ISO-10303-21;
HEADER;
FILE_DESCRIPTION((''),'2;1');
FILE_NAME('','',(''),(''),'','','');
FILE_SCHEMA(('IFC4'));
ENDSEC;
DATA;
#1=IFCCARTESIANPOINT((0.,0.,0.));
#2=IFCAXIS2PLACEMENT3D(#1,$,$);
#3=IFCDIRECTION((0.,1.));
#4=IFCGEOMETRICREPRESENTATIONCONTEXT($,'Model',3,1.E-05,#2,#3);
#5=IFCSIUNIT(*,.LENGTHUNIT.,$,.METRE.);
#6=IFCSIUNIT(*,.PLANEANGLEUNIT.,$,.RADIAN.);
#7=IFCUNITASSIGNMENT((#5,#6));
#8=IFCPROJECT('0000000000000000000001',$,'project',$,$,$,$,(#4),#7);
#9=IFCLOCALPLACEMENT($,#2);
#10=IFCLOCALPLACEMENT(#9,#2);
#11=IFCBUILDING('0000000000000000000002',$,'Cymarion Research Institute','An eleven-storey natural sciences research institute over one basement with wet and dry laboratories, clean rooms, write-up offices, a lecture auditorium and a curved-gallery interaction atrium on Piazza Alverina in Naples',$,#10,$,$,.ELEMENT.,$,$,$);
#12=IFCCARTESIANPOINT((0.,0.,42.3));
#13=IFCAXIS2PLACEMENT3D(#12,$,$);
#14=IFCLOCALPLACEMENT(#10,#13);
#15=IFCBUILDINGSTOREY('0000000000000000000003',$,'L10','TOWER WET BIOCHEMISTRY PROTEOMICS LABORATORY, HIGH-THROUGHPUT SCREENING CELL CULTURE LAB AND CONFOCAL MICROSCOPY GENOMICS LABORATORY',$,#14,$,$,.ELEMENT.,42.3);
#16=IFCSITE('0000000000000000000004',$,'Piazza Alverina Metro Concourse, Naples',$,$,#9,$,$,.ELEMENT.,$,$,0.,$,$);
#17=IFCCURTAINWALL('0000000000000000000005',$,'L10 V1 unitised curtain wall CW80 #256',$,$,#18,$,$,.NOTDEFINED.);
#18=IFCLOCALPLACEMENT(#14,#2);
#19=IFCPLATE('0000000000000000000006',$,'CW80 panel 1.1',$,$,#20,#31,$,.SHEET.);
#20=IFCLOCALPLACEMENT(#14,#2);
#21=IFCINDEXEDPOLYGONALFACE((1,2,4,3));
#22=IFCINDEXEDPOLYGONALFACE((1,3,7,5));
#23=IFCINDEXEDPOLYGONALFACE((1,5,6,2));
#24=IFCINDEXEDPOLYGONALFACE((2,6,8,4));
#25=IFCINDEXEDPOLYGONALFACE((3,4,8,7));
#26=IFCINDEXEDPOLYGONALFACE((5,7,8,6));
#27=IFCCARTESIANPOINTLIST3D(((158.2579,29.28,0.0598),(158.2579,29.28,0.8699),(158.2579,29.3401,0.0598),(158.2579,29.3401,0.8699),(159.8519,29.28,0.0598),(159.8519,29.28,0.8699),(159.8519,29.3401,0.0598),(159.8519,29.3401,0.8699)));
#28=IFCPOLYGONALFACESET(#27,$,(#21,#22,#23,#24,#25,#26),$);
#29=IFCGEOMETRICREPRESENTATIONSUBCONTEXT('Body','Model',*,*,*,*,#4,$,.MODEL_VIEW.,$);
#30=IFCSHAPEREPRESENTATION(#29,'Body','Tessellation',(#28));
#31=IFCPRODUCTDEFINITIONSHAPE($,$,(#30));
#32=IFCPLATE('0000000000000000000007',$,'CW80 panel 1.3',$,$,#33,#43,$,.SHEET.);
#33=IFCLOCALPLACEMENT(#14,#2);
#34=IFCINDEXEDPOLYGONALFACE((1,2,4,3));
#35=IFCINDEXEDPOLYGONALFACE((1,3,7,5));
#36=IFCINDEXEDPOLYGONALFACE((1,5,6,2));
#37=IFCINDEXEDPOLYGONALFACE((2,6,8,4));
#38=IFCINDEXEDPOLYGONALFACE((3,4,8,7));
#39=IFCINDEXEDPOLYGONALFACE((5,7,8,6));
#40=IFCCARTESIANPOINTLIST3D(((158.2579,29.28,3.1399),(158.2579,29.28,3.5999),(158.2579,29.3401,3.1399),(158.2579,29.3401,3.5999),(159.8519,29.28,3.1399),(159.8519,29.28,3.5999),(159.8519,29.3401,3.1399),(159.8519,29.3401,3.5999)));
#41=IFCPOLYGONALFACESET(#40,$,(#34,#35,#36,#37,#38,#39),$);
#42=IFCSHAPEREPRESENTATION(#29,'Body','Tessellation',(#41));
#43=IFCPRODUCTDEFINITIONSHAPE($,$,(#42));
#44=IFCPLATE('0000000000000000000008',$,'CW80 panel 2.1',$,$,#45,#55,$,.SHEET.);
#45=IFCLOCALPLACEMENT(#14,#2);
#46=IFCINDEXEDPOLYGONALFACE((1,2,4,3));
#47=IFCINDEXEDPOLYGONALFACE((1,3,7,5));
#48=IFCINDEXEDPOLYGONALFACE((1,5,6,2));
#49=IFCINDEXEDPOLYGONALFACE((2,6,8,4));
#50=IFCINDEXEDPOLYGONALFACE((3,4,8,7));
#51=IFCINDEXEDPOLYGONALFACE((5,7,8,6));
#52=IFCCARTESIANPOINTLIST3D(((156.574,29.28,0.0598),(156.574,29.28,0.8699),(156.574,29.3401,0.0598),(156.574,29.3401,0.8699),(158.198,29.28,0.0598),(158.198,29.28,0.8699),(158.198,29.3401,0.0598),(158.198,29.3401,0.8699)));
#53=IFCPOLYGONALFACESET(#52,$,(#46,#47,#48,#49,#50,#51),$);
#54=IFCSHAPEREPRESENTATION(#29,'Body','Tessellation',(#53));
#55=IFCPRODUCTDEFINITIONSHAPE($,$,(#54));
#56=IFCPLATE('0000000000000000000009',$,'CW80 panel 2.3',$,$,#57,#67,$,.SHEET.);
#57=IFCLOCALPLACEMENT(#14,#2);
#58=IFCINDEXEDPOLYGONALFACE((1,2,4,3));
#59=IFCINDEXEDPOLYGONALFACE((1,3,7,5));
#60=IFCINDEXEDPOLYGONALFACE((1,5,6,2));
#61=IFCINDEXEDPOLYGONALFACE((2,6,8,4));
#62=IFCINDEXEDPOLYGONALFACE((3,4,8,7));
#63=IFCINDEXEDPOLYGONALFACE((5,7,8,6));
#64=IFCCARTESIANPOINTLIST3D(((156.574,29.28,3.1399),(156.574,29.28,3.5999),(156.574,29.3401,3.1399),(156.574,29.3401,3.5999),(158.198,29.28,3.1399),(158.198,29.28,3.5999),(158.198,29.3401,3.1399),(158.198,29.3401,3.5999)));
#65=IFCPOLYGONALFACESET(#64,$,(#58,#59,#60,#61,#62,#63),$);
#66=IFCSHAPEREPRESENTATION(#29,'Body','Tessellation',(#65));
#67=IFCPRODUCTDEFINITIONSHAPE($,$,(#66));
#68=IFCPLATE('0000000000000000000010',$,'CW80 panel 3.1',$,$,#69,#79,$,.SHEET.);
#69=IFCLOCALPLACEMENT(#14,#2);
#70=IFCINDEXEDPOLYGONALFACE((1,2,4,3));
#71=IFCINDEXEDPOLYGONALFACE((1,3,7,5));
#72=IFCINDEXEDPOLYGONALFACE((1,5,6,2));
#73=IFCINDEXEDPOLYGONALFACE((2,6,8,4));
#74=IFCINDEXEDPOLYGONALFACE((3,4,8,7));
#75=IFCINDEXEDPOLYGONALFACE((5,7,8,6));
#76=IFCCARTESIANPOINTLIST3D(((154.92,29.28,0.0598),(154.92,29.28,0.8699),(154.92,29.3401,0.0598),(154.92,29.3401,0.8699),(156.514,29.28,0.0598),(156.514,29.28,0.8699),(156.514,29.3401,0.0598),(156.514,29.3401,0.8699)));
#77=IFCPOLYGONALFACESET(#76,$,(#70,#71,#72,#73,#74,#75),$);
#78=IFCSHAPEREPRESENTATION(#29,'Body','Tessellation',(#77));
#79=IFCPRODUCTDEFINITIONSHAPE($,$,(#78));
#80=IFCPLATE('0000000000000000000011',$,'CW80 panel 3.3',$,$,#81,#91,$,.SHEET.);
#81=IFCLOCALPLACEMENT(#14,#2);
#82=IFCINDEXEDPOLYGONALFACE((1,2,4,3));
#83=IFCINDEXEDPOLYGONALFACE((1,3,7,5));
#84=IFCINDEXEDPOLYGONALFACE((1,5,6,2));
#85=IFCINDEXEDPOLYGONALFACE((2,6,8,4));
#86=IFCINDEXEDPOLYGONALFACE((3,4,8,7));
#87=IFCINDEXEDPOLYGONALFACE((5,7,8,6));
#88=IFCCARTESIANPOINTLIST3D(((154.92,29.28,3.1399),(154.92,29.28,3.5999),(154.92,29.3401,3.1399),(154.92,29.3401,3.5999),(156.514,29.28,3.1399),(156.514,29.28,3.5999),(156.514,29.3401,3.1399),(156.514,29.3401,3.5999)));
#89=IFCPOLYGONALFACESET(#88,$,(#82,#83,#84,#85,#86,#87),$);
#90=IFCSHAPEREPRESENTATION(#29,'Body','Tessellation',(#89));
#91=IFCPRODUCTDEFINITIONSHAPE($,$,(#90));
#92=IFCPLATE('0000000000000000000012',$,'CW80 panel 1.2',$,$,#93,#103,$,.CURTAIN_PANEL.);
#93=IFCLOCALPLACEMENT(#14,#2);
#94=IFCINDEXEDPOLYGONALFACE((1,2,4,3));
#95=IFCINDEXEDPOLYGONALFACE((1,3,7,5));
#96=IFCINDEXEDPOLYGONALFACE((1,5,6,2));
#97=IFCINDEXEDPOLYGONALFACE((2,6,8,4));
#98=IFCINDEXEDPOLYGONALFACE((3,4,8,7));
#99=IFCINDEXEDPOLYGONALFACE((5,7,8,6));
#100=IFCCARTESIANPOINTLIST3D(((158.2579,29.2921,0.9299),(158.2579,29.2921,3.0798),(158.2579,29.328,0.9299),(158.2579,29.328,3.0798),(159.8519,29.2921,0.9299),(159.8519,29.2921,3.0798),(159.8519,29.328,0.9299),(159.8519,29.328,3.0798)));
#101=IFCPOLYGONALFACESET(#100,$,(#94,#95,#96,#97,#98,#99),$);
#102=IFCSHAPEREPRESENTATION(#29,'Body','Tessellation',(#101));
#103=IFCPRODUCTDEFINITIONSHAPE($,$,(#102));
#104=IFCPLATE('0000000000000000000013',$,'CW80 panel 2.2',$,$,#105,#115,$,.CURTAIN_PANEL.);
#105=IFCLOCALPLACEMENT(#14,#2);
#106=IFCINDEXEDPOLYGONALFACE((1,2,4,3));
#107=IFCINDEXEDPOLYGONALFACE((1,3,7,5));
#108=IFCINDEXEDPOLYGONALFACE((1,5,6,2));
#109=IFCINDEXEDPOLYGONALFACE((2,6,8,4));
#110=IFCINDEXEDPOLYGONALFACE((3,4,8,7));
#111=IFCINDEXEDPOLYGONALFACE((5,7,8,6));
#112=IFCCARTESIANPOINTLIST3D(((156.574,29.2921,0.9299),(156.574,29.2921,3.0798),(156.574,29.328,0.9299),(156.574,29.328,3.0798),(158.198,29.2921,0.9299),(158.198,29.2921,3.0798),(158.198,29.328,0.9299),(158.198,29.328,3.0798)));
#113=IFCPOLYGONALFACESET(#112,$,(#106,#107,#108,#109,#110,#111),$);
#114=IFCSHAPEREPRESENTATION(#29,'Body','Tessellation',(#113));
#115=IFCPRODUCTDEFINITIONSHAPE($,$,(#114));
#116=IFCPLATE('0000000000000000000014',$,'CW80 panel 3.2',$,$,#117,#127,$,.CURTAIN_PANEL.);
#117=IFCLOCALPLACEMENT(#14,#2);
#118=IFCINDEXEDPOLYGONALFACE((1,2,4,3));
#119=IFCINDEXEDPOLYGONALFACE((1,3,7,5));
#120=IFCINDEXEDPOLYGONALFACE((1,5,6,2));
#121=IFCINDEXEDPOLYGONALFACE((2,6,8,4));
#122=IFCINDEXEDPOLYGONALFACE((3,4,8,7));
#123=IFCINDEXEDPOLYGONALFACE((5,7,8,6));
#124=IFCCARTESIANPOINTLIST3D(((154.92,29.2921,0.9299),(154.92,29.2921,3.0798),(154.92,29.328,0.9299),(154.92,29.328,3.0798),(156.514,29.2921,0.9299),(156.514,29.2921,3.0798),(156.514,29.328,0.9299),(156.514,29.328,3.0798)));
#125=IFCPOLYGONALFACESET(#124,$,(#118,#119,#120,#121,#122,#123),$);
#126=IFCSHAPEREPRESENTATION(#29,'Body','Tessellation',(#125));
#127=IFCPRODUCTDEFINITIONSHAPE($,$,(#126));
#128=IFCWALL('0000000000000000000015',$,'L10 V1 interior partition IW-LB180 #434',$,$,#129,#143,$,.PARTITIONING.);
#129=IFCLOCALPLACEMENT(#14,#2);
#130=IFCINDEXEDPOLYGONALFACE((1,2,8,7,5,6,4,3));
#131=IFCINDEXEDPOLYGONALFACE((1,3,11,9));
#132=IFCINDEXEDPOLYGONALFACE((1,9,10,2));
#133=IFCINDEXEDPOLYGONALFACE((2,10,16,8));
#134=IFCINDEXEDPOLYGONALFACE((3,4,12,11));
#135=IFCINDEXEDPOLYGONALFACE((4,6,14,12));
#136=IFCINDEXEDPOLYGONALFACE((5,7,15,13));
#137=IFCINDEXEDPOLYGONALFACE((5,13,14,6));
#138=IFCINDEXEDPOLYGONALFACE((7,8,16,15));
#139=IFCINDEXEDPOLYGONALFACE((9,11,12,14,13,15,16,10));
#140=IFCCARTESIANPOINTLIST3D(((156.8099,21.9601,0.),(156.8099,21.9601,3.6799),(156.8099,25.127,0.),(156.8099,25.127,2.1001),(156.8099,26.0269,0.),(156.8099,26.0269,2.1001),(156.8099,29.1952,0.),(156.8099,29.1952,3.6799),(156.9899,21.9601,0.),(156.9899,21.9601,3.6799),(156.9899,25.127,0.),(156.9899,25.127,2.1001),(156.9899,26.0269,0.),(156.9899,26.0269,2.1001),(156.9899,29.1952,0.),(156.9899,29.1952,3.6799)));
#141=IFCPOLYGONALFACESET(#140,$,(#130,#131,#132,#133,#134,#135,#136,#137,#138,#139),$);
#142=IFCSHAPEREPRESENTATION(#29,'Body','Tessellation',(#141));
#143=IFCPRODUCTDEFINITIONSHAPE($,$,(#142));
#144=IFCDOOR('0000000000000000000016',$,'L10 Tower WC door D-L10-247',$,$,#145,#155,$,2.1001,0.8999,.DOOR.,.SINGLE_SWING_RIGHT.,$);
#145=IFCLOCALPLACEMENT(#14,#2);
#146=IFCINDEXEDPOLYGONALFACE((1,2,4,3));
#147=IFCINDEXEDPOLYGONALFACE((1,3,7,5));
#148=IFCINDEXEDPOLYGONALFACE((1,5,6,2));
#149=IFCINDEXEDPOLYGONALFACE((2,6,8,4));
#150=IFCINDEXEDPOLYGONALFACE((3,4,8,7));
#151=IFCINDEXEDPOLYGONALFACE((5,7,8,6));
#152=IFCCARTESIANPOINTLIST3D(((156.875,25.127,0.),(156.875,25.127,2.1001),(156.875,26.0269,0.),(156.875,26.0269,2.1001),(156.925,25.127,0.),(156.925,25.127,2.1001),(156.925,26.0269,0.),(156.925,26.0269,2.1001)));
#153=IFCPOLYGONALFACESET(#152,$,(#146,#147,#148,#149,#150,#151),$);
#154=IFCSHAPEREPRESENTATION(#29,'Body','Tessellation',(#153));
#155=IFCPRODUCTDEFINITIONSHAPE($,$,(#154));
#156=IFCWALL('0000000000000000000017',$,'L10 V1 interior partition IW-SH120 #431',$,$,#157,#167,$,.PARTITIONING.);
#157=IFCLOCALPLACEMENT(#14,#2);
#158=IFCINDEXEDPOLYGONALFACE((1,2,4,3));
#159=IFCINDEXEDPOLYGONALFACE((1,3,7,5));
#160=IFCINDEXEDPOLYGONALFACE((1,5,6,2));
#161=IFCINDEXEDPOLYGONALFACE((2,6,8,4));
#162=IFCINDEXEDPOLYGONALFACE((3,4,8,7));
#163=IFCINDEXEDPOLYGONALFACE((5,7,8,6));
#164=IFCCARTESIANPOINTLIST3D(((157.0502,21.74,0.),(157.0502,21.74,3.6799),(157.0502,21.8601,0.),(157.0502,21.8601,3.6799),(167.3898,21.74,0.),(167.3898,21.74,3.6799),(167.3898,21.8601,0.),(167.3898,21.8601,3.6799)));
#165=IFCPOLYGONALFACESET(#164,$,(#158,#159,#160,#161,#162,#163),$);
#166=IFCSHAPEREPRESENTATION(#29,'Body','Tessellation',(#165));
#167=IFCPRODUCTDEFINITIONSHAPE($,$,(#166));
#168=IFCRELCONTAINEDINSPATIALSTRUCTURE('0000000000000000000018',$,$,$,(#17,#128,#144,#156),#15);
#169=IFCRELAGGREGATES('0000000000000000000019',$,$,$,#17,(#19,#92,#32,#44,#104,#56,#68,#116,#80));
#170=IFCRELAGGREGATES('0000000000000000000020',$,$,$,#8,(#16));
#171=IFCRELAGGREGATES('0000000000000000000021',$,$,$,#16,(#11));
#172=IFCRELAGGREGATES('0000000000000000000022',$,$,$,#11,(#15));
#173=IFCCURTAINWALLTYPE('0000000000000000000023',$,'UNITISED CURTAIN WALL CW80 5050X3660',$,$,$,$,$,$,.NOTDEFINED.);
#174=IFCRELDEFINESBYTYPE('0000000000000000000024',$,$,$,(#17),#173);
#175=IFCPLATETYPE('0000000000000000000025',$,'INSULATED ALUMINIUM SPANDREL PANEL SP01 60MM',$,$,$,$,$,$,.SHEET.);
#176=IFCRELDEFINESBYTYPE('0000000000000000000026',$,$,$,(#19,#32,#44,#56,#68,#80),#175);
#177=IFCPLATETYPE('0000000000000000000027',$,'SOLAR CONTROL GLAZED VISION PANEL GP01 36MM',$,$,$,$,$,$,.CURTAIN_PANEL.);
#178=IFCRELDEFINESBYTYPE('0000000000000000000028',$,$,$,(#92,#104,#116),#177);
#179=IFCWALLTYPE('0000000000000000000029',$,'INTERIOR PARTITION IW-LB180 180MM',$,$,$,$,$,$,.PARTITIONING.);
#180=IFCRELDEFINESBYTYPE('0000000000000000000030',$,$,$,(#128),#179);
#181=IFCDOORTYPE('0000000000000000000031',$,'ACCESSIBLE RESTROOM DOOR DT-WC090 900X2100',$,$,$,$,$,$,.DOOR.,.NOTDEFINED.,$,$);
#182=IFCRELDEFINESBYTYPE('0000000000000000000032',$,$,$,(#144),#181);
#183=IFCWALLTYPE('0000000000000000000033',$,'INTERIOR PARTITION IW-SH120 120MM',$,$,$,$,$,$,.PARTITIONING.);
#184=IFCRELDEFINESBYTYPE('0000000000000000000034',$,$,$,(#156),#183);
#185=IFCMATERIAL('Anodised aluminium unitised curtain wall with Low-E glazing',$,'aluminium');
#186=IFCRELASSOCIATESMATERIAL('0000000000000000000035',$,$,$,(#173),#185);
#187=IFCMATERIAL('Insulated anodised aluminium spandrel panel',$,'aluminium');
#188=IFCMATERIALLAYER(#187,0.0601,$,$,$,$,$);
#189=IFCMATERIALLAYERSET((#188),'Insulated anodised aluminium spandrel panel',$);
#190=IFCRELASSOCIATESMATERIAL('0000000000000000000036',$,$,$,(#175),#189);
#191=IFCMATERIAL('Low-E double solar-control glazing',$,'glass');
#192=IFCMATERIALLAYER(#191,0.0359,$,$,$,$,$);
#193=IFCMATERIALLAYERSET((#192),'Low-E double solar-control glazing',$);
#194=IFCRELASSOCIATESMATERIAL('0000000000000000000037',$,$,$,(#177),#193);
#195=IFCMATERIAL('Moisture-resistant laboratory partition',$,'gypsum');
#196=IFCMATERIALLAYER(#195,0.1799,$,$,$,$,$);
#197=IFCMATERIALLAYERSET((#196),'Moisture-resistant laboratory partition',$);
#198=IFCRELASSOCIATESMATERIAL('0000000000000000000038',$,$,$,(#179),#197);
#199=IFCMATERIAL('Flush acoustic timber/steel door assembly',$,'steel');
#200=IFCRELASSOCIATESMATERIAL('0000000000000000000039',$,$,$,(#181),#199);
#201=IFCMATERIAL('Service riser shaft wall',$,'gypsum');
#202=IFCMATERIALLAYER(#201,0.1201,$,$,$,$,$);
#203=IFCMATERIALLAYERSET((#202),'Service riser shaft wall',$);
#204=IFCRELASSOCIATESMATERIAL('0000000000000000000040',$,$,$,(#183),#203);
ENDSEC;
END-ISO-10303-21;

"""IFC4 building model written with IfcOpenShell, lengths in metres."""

from ifc_helpers import new_model, si_unit, direction, frame, frame_2d, origin, origin_2d, place, context, subcontext, project, spatial, rectangle, extrude, material, layer, layer_set, type_object, element, fill, aggregate, save


model = new_model("IFC4")

# Units and contexts
model_context = context("Model", 3, precision=1e-05, world=origin(), true_north=direction((0.0, 1.0)))
body_context = subcontext(model_context, "Body", "Model", "MODEL_VIEW")
ifc_project = project(units=[si_unit("LENGTHUNIT", "METRE"), si_unit("PLANEANGLEUNIT", "RADIAN")], contexts=[model_context])

# Site, building, storey
site_placement = place(None, origin())
site = spatial("IfcSite", under=ifc_project, at=site_placement, Name="Piazza Alverina Metro Concourse, Naples", CompositionType="ELEMENT", RefElevation=0.0)
building_placement = place(site_placement, origin())
building = spatial("IfcBuilding", under=site, at=building_placement, Name="Cymarion Research Institute", Description="An eleven-storey natural sciences research institute over one basement with wet and dry laboratories, clean rooms, write-up offices, a lecture auditorium and a curved-gallery interaction atrium on Piazza Alverina in Naples", CompositionType="ELEMENT")
storey_placement = place(building_placement, frame((0.0, 0.0, 42.3)))
storey = spatial("IfcBuildingStorey", under=building, at=storey_placement, Name="L10", Description="TOWER WET BIOCHEMISTRY PROTEOMICS LABORATORY, HIGH-THROUGHPUT SCREENING CELL CULTURE LAB AND CONFOCAL MICROSCOPY GENOMICS LABORATORY", CompositionType="ELEMENT", Elevation=42.3)

# Curtain wall, plates
ifc_material_1 = material(Name="Anodised aluminium unitised curtain wall with Low-E glazing", Category="aluminium")
curtain_wall_type = type_object("IfcCurtainWallType", Name="UNITISED CURTAIN WALL CW80 5050X3660", PredefinedType="NOTDEFINED", material=ifc_material_1)
curtain_wall_placement = place(storey_placement, origin())
curtain_wall = element("IfcCurtainWall", 1, at=curtain_wall_placement, inside=storey, type_object=curtain_wall_type, Name="L10 V1 unitised curtain wall CW80 #256", PredefinedType="NOTDEFINED")
ifc_material_2 = material(Name="Insulated anodised aluminium spandrel panel", Category="aluminium")
ifc_layer_1 = layer(ifc_material_2, 0.0601)
ifc_layer_set_1 = layer_set([ifc_layer_1], Name="Insulated anodised aluminium spandrel panel")
plate_type_1 = type_object("IfcPlateType", Name="INSULATED ALUMINIUM SPANDREL PANEL SP01 60MM", PredefinedType="SHEET", material=ifc_layer_set_1)
plate_1_placement = place(storey_placement, frame((159.0549, 29.3101, 0.0598), z_axis=(0.0, 0.0, 1.0), x_axis=(-1.0, 0.0, 0.0)))
plate_1 = element("IfcPlate", 2, at=plate_1_placement, type_object=plate_type_1, Name="CW80 panel 1.1", PredefinedType="SHEET", context=body_context, shape_type="SweptSolid", body=[
    extrude(rectangle(XDim=1.594, YDim=0.0601, at=origin_2d()), origin(), (0.0, 0.0, 1.0), 0.8101),
])
plate_2_placement = place(storey_placement, frame((159.0549, 29.3101, 3.1399), z_axis=(0.0, 0.0, 1.0), x_axis=(-1.0, 0.0, 0.0)))
plate_2 = element("IfcPlate", 3, at=plate_2_placement, type_object=plate_type_1, Name="CW80 panel 1.3", PredefinedType="SHEET", context=body_context, shape_type="SweptSolid", body=[
    extrude(rectangle(XDim=1.594, YDim=0.0601, at=origin_2d()), origin(), (0.0, 0.0, 1.0), 0.46),
])
plate_3_placement = place(storey_placement, frame((157.386, 29.3101, 0.0598), z_axis=(0.0, 0.0, 1.0), x_axis=(-1.0, 0.0, 0.0)))
plate_3 = element("IfcPlate", 4, at=plate_3_placement, type_object=plate_type_1, Name="CW80 panel 2.1", PredefinedType="SHEET", context=body_context, shape_type="SweptSolid", body=[
    extrude(rectangle(XDim=1.624, YDim=0.0601, at=origin_2d()), origin(), (0.0, 0.0, 1.0), 0.8101),
])
plate_4_placement = place(storey_placement, frame((157.386, 29.3101, 3.1399), z_axis=(0.0, 0.0, 1.0), x_axis=(-1.0, 0.0, 0.0)))
plate_4 = element("IfcPlate", 5, at=plate_4_placement, type_object=plate_type_1, Name="CW80 panel 2.3", PredefinedType="SHEET", context=body_context, shape_type="SweptSolid", body=[
    extrude(rectangle(XDim=1.624, YDim=0.0601, at=origin_2d()), origin(), (0.0, 0.0, 1.0), 0.46),
])
plate_5_placement = place(storey_placement, frame((155.717, 29.3101, 0.0598), z_axis=(0.0, 0.0, 1.0), x_axis=(-1.0, 0.0, 0.0)))
plate_5 = element("IfcPlate", 6, at=plate_5_placement, type_object=plate_type_1, Name="CW80 panel 3.1", PredefinedType="SHEET", context=body_context, shape_type="SweptSolid", body=[
    extrude(rectangle(XDim=1.594, YDim=0.0601, at=origin_2d()), origin(), (0.0, 0.0, 1.0), 0.8101),
])
plate_6_placement = place(storey_placement, frame((155.717, 29.3101, 3.1399), z_axis=(0.0, 0.0, 1.0), x_axis=(-1.0, 0.0, 0.0)))
plate_6 = element("IfcPlate", 7, at=plate_6_placement, type_object=plate_type_1, Name="CW80 panel 3.3", PredefinedType="SHEET", context=body_context, shape_type="SweptSolid", body=[
    extrude(rectangle(XDim=1.594, YDim=0.0601, at=origin_2d()), origin(), (0.0, 0.0, 1.0), 0.46),
])
ifc_material_3 = material(Name="Low-E double solar-control glazing", Category="glass")
ifc_layer_2 = layer(ifc_material_3, 0.0359)
ifc_layer_set_2 = layer_set([ifc_layer_2], Name="Low-E double solar-control glazing")
plate_type_2 = type_object("IfcPlateType", Name="SOLAR CONTROL GLAZED VISION PANEL GP01 36MM", PredefinedType="CURTAIN_PANEL", material=ifc_layer_set_2)
plate_7_placement = place(storey_placement, frame((159.0549, 29.3101, 0.9299), z_axis=(0.0, 0.0, 1.0), x_axis=(-1.0, 0.0, 0.0)))
plate_7 = element("IfcPlate", 8, at=plate_7_placement, type_object=plate_type_2, Name="CW80 panel 1.2", PredefinedType="CURTAIN_PANEL", context=body_context, shape_type="SweptSolid", body=[
    extrude(rectangle(XDim=1.594, YDim=0.0359, at=origin_2d()), origin(), (0.0, 0.0, 1.0), 2.1499),
])
plate_8_placement = place(storey_placement, frame((157.386, 29.3101, 0.9299), z_axis=(0.0, 0.0, 1.0), x_axis=(-1.0, 0.0, 0.0)))
plate_8 = element("IfcPlate", 9, at=plate_8_placement, type_object=plate_type_2, Name="CW80 panel 2.2", PredefinedType="CURTAIN_PANEL", context=body_context, shape_type="SweptSolid", body=[
    extrude(rectangle(XDim=1.624, YDim=0.0359, at=origin_2d()), origin(), (0.0, 0.0, 1.0), 2.1499),
])
plate_9_placement = place(storey_placement, frame((155.717, 29.3101, 0.9299), z_axis=(0.0, 0.0, 1.0), x_axis=(-1.0, 0.0, 0.0)))
plate_9 = element("IfcPlate", 10, at=plate_9_placement, type_object=plate_type_2, Name="CW80 panel 3.2", PredefinedType="CURTAIN_PANEL", context=body_context, shape_type="SweptSolid", body=[
    extrude(rectangle(XDim=1.594, YDim=0.0359, at=origin_2d()), origin(), (0.0, 0.0, 1.0), 2.1499),
])
aggregate(curtain_wall, [plate_1, plate_7, plate_2, plate_3, plate_8, plate_4, plate_5, plate_9, plate_6])

# Wall, opening, door
ifc_material_4 = material(Name="Moisture-resistant laboratory partition", Category="gypsum")
ifc_layer_3 = layer(ifc_material_4, 0.1799)
ifc_layer_set_3 = layer_set([ifc_layer_3], Name="Moisture-resistant laboratory partition")
wall_type_1 = type_object("IfcWallType", Name="INTERIOR PARTITION IW-LB180 180MM", PredefinedType="PARTITIONING", material=ifc_layer_set_3)
wall_1_placement = place(storey_placement, frame((156.8999, 21.96, 0.0), z_axis=(0.0, 0.0, 1.0), x_axis=(0.0, 1.0, 0.0)))
wall_1 = element("IfcWall", 11, at=wall_1_placement, inside=storey, type_object=wall_type_1, Name="L10 V1 interior partition IW-LB180 #434", PredefinedType="PARTITIONING", context=body_context, shape_type="SweptSolid", body=[
    extrude(rectangle(XDim=7.2351, YDim=0.1799, at=frame_2d((3.6177, 0.0))), origin(), (0.0, 0.0, 1.0), 3.6799),
])
opening_placement = place(wall_1_placement, frame((3.167, 0.0, 0.0)))
opening = element("IfcOpeningElement", 12, at=opening_placement, cuts=wall_1, PredefinedType="OPENING", context=body_context, shape_type="SweptSolid", body=[
    extrude(rectangle(XDim=0.8999, YDim=2.1001, at=frame_2d((0.45, 1.05))), frame((0.0, 0.0999, 0.0), z_axis=(0.0, -1.0, 0.0), x_axis=(1.0, 0.0, 0.0)), (0.0, 0.0, 1.0), 0.2),
])
ifc_material_5 = material(Name="Flush acoustic timber/steel door assembly", Category="steel")
door_type = type_object("IfcDoorType", Name="ACCESSIBLE RESTROOM DOOR DT-WC090 900X2100", OperationType="NOTDEFINED", PredefinedType="DOOR", material=ifc_material_5)
door_placement = place(opening_placement, origin())
door = element("IfcDoor", 13, at=door_placement, inside=storey, type_object=door_type, Name="L10 Tower WC door D-L10-247", OperationType="SINGLE_SWING_RIGHT", OverallHeight=2.1001, OverallWidth=0.8999, PredefinedType="DOOR", context=body_context, shape_type="SweptSolid", body=[
    extrude(rectangle(XDim=0.8999, YDim=2.1001, at=frame_2d((0.45, 1.05))), frame((0.0, 0.0249, 0.0), z_axis=(0.0, -1.0, 0.0), x_axis=(1.0, 0.0, 0.0)), (0.0, 0.0, 1.0), 0.05),
])
fill(opening, door)

# Wall
ifc_material_6 = material(Name="Service riser shaft wall", Category="gypsum")
ifc_layer_4 = layer(ifc_material_6, 0.1201)
ifc_layer_set_4 = layer_set([ifc_layer_4], Name="Service riser shaft wall")
wall_type_2 = type_object("IfcWallType", Name="INTERIOR PARTITION IW-SH120 120MM", PredefinedType="PARTITIONING", material=ifc_layer_set_4)
wall_2_placement = place(storey_placement, frame((157.05, 21.8, 0.0), z_axis=(0.0, 0.0, 1.0), x_axis=(1.0, 0.0, 0.0)))
element("IfcWall", 14, at=wall_2_placement, inside=storey, type_object=wall_type_2, Name="L10 V1 interior partition IW-SH120 #431", PredefinedType="PARTITIONING", context=body_context, shape_type="SweptSolid", body=[
    extrude(rectangle(XDim=10.3396, YDim=0.1201, at=frame_2d((5.1699, 0.0))), origin(), (0.0, 0.0, 1.0), 3.6799),
])

save(model, "model.ifc")
